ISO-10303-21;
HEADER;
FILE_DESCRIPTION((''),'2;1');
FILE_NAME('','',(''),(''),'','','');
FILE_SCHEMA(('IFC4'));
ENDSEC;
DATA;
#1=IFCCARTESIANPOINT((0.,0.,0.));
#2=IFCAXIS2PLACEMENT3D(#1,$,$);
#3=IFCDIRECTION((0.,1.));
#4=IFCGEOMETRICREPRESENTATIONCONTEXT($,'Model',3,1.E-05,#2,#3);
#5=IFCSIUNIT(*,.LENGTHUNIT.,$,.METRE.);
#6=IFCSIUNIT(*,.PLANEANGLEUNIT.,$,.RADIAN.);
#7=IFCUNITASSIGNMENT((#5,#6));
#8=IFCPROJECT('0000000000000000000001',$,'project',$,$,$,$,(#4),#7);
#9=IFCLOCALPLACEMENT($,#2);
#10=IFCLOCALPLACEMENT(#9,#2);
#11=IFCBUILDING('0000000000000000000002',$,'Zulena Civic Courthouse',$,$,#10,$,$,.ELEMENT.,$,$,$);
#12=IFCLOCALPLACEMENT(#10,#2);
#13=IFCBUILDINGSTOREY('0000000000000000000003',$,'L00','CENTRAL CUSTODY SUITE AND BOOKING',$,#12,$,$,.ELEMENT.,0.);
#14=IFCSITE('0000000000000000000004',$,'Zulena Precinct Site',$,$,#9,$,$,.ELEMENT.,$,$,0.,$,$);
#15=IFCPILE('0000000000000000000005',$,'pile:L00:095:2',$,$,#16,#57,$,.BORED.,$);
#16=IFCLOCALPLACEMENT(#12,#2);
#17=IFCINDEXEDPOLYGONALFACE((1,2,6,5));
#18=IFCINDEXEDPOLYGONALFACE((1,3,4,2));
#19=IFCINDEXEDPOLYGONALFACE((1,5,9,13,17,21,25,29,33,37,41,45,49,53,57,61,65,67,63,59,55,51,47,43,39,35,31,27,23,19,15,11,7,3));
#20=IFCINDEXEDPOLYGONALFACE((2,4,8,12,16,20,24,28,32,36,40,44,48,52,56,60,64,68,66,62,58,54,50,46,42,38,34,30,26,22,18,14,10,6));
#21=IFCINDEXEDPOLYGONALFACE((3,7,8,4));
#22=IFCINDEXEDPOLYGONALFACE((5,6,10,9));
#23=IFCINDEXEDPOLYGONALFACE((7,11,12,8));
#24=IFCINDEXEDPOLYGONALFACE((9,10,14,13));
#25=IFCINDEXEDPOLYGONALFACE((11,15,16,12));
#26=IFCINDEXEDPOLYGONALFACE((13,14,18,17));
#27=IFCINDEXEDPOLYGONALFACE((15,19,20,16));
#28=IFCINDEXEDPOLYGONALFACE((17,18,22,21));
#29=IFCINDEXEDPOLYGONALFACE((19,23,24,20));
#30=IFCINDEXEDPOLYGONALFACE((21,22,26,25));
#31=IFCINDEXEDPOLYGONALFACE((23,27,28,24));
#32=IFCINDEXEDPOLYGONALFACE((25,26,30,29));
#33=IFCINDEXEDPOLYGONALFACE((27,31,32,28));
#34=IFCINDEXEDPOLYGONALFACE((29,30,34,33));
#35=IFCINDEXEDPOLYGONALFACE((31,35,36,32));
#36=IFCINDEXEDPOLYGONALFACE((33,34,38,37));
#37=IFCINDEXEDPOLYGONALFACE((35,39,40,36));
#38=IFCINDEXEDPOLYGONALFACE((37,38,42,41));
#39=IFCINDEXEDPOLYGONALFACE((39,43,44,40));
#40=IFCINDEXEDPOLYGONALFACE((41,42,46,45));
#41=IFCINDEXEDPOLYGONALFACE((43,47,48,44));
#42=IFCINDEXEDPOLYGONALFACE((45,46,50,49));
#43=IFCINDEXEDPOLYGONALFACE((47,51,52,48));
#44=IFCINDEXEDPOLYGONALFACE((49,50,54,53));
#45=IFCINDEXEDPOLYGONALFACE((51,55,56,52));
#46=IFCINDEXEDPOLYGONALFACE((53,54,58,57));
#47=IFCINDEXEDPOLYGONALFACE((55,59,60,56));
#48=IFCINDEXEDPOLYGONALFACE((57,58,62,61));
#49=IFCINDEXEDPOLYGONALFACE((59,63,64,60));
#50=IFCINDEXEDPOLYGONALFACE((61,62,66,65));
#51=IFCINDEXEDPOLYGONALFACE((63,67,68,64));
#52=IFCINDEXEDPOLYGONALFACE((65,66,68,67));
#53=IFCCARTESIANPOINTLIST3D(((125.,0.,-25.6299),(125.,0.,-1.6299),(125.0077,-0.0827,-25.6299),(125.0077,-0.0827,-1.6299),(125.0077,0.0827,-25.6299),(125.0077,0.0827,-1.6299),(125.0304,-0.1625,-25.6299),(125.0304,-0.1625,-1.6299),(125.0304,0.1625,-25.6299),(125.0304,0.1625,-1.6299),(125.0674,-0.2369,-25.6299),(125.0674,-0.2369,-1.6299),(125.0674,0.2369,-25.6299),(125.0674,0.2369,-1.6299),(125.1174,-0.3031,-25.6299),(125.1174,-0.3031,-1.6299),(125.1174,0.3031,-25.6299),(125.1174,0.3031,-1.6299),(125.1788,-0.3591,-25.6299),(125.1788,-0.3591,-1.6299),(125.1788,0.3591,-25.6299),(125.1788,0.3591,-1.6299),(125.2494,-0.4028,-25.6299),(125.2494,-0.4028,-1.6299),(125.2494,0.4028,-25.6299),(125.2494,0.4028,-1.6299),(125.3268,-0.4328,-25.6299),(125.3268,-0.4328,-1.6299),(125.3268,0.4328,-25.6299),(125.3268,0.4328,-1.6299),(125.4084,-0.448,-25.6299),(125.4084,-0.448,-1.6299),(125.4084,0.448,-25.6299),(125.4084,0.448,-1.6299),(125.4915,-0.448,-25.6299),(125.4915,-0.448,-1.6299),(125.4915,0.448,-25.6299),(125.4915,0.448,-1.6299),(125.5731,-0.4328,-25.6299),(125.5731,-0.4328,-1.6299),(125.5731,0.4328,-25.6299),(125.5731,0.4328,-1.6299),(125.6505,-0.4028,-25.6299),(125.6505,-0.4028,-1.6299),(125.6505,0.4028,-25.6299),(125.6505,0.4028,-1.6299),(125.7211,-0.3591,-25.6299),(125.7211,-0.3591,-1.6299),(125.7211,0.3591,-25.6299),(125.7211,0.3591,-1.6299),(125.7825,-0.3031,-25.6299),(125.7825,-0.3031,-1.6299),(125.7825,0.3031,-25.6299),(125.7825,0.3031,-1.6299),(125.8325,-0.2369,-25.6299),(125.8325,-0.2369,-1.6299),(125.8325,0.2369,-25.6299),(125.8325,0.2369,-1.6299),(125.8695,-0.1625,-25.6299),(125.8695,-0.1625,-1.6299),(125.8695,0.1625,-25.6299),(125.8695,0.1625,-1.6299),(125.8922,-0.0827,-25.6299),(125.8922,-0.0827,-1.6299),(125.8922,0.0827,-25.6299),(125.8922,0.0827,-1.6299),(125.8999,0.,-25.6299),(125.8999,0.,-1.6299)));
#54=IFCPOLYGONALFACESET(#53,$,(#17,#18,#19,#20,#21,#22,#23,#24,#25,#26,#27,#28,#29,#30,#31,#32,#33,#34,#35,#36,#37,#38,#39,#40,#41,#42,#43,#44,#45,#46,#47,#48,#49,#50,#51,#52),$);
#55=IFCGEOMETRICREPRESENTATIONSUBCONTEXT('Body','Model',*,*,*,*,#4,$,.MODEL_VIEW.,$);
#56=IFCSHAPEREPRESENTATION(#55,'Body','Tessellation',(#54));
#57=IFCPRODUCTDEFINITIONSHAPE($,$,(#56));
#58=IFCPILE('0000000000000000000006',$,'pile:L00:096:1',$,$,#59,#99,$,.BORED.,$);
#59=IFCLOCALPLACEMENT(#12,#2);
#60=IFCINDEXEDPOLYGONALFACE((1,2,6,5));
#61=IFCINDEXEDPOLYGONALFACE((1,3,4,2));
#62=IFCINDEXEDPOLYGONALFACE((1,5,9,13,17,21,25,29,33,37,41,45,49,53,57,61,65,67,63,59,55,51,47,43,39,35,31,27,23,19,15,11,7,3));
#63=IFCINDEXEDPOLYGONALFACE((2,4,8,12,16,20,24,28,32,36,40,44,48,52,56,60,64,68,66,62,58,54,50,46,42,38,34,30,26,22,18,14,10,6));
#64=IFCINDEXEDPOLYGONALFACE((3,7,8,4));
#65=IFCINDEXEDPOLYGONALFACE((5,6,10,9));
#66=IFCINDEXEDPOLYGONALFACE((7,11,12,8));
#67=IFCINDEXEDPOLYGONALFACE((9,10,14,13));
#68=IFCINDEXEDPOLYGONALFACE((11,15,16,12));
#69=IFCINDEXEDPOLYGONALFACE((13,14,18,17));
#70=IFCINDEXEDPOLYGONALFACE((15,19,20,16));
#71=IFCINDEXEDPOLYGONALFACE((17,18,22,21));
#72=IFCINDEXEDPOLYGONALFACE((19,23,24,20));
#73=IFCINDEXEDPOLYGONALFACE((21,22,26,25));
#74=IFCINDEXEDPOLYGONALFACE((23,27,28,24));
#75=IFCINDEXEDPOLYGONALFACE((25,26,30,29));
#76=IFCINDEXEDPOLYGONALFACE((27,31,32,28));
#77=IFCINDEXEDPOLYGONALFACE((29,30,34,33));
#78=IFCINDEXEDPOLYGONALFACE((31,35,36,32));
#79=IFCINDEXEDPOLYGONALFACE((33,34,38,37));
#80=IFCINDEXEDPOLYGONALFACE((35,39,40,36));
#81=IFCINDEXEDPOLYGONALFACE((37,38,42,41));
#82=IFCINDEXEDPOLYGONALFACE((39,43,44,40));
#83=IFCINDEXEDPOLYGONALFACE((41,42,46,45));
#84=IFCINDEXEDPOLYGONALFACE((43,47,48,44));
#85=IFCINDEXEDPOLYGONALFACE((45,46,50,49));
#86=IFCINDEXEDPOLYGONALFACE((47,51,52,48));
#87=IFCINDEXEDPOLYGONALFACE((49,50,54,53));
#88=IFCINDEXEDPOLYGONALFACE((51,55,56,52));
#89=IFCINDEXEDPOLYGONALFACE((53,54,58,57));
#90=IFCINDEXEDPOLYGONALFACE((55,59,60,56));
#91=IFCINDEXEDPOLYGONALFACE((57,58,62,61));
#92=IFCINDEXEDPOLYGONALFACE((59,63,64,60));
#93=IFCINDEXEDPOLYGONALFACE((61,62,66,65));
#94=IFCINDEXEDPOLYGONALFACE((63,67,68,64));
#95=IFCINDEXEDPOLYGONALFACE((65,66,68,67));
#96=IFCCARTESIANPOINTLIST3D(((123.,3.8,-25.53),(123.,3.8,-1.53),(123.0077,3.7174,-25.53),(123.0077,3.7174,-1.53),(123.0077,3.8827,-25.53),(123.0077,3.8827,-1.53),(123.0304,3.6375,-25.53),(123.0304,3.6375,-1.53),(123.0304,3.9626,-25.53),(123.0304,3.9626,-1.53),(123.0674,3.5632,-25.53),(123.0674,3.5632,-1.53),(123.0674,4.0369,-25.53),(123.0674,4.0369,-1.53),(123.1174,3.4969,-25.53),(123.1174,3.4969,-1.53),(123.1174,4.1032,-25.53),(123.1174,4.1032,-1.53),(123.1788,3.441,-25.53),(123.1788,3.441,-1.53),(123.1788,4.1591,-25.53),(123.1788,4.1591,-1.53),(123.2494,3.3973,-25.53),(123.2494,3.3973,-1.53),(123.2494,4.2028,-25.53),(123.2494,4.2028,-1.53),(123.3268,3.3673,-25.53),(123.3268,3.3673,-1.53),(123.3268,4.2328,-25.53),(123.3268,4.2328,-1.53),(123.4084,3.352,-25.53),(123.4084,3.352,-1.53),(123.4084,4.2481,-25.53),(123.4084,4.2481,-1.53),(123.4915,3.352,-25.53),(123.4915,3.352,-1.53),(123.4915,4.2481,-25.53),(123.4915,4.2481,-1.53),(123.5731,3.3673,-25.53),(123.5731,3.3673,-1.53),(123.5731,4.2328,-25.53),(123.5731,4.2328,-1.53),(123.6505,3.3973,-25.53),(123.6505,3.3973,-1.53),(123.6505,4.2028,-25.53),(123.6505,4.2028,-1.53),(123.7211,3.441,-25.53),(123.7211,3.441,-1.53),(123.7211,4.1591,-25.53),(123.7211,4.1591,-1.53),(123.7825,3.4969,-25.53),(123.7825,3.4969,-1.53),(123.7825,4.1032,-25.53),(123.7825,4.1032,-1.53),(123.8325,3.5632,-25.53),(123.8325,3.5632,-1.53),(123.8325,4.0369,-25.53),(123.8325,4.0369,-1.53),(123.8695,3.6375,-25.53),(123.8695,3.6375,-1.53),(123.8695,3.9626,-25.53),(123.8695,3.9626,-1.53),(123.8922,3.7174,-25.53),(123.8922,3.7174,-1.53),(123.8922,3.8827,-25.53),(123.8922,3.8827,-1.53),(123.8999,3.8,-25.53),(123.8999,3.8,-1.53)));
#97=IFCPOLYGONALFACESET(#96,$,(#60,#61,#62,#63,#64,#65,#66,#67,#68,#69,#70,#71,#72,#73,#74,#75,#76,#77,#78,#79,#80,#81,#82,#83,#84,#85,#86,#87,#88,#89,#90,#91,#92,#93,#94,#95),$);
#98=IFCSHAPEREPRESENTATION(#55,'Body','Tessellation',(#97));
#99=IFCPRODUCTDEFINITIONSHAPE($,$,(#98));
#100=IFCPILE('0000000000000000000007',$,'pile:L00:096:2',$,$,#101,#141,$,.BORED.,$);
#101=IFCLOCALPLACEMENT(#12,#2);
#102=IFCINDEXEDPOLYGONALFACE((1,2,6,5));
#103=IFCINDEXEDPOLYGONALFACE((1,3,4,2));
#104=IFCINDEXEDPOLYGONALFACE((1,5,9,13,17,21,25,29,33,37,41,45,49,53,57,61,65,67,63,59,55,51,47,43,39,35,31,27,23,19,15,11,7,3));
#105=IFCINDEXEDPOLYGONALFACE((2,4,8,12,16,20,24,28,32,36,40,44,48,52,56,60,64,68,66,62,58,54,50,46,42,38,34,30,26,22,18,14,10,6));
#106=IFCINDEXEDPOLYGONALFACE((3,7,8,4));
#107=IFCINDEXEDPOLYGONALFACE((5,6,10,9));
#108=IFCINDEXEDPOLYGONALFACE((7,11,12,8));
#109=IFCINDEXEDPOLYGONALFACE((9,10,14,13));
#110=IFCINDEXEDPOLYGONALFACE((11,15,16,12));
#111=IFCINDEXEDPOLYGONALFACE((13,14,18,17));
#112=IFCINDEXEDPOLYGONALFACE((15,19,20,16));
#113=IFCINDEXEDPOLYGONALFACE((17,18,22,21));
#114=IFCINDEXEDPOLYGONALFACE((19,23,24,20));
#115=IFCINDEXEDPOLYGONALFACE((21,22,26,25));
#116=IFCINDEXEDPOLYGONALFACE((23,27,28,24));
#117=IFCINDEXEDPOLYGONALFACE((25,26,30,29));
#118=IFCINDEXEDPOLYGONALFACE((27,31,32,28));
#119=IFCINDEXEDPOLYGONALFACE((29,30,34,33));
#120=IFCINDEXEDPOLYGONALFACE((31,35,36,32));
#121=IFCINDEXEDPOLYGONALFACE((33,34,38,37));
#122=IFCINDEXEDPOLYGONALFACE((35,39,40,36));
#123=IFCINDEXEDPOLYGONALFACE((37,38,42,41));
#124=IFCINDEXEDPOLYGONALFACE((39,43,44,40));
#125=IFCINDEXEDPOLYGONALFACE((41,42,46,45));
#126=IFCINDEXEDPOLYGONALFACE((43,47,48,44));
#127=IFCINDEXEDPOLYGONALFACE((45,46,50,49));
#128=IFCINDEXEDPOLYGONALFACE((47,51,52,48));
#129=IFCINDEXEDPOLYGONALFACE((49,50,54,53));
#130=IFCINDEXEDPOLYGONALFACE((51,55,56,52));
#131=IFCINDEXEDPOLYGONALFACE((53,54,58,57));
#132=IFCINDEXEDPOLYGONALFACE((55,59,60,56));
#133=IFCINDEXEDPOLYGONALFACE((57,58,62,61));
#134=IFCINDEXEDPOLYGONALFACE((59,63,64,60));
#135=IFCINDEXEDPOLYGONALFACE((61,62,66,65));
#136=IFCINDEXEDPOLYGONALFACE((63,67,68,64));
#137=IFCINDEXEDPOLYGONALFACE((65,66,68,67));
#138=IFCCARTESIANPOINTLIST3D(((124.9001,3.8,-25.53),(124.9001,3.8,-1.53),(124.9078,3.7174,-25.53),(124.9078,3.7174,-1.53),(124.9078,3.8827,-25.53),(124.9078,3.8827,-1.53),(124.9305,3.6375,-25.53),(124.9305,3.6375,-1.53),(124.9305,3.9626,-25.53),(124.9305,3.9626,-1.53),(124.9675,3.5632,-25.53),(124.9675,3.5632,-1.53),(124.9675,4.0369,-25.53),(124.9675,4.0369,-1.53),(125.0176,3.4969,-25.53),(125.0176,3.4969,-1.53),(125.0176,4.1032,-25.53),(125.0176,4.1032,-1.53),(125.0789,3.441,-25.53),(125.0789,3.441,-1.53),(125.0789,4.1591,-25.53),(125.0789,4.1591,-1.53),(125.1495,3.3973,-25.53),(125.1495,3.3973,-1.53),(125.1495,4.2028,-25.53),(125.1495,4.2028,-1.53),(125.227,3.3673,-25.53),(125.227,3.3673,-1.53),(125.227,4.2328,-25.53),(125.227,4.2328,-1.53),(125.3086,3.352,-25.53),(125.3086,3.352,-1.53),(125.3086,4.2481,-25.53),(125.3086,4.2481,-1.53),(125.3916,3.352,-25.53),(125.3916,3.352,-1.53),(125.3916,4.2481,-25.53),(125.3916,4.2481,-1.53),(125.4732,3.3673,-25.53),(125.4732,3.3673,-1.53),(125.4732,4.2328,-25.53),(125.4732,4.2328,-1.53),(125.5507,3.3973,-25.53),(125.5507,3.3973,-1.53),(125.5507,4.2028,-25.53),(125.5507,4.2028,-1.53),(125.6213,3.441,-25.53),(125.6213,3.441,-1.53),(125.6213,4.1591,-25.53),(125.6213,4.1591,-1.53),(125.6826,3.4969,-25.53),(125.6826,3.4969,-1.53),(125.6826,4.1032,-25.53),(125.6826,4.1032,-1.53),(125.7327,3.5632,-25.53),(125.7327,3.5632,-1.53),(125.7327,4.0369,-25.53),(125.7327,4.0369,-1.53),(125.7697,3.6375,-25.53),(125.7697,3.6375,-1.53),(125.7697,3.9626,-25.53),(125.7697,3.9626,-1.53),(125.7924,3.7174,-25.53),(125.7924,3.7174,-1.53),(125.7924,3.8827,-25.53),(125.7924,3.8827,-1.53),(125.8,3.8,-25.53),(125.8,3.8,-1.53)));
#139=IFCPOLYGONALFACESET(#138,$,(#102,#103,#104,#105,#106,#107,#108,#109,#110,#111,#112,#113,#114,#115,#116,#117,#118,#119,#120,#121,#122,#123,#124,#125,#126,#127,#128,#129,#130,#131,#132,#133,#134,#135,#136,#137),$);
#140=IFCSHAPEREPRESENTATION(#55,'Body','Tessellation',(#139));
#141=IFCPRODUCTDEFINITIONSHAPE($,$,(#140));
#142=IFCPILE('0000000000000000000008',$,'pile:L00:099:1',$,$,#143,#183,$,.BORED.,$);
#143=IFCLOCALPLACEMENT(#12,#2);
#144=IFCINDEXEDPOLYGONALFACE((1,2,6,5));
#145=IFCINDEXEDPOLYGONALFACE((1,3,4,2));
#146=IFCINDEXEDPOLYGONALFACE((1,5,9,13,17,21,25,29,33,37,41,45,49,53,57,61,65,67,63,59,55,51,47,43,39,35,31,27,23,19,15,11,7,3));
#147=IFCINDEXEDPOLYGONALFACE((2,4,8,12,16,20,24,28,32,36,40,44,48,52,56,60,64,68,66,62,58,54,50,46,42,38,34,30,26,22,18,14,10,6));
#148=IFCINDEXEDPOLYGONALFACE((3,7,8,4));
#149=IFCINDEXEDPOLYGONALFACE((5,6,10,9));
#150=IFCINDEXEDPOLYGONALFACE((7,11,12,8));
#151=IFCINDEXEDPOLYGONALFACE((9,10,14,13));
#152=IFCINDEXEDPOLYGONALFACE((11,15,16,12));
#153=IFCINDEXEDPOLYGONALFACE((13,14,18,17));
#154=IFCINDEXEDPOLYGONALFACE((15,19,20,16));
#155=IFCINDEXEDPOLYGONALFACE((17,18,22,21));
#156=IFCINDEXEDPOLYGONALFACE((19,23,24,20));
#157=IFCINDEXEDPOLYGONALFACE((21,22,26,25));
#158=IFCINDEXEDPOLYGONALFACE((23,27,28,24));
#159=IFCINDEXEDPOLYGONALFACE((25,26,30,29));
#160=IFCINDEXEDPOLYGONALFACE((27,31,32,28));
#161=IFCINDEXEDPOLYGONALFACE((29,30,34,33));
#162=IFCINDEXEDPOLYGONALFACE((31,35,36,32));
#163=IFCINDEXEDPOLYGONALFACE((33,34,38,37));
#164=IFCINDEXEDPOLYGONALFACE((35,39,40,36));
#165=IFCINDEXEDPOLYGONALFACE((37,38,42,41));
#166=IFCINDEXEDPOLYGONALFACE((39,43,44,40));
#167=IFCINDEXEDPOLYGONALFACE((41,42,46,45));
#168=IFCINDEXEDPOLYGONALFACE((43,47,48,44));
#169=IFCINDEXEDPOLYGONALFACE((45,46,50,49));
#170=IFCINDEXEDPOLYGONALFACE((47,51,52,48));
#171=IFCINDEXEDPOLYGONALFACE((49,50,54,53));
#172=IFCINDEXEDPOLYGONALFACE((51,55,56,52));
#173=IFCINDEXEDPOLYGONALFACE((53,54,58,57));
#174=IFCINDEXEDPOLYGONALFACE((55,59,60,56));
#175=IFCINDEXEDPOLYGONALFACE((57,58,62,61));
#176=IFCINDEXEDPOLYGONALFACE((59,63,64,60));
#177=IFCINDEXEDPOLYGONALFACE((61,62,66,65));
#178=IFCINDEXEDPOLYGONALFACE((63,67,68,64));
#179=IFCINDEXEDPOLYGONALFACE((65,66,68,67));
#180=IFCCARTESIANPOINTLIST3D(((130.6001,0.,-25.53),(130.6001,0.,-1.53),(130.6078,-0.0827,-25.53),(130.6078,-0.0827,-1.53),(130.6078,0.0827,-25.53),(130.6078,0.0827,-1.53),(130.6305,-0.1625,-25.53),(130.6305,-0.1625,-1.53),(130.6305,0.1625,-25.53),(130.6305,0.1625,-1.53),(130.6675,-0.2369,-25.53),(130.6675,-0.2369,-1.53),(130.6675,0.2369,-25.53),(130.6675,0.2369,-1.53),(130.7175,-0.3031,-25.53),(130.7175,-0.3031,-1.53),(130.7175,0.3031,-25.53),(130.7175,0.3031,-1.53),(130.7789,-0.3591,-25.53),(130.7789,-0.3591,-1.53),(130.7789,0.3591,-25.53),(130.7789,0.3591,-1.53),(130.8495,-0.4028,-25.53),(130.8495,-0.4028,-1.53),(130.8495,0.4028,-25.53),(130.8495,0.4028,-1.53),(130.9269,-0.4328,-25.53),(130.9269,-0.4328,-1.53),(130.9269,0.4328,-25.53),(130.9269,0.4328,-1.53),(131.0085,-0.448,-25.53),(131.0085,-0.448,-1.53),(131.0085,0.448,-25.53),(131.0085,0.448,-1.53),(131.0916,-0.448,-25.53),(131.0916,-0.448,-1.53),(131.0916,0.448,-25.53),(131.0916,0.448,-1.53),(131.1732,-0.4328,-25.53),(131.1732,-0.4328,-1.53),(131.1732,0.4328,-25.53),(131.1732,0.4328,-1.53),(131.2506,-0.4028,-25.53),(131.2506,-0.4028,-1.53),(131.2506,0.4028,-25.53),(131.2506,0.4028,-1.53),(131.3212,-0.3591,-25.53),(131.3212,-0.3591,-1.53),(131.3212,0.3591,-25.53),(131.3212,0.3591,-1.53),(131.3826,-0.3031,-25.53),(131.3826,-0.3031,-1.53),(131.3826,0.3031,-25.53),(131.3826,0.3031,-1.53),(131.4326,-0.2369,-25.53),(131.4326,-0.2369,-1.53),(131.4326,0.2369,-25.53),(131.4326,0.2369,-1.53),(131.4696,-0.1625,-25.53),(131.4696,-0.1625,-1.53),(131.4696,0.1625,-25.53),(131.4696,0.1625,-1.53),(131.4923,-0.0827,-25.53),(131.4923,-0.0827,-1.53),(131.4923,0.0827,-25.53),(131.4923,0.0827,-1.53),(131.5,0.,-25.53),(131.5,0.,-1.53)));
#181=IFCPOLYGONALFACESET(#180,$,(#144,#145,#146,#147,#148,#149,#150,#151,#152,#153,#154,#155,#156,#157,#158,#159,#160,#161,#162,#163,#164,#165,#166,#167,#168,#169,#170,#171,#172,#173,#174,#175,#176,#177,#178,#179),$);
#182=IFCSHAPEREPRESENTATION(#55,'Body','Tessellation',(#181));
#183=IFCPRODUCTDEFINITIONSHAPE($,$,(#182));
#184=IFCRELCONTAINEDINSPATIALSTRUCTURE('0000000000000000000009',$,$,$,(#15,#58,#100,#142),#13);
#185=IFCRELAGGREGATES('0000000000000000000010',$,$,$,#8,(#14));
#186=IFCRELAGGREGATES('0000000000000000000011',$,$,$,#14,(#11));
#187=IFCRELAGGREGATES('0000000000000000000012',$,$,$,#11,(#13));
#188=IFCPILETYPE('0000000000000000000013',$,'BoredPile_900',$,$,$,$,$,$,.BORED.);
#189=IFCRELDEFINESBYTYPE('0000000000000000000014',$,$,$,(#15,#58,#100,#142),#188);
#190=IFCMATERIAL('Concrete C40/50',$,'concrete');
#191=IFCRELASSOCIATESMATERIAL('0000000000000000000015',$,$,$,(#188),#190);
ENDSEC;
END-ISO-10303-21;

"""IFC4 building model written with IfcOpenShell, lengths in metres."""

from ifc_helpers import new_model, si_unit, direction, frame, origin, origin_2d, place, context, subcontext, project, spatial, circle, extrude, material, material_profile, profile_set, type_object, element, save


model = new_model("IFC4")

# Units and contexts
model_context = context("Model", 3, precision=1e-05, world=origin(), true_north=direction((0.0, 1.0)))
body_context = subcontext(model_context, "Body", "Model", "MODEL_VIEW")
ifc_project = project(units=[si_unit("LENGTHUNIT", "METRE"), si_unit("PLANEANGLEUNIT", "RADIAN")], contexts=[model_context])

# Site, building, storey
site_placement = place(None, origin())
site = spatial("IfcSite", under=ifc_project, at=site_placement, Name="Zulena Precinct Site", CompositionType="ELEMENT", RefElevation=0.0)
building_placement = place(site_placement, origin())
building = spatial("IfcBuilding", under=site, at=building_placement, Name="Zulena Civic Courthouse", CompositionType="ELEMENT")
storey_placement = place(building_placement, origin())
storey = spatial("IfcBuildingStorey", under=building, at=storey_placement, Name="L00", Description="CENTRAL CUSTODY SUITE AND BOOKING", CompositionType="ELEMENT", Elevation=0.0)

# Piles
ifc_material_1 = material(Name="Concrete C40/50", Category="concrete")
ifc_material_profile_1 = material_profile(ifc_material_1, circle(Radius=0.45, at=origin_2d()), Name="PILE900")
ifc_profile_set_1 = profile_set([ifc_material_profile_1], Name="Concrete C40/50")
pile_type = type_object("IfcPileType", Name="BoredPile_900", PredefinedType="BORED", material=ifc_profile_set_1)
for number, where, z_axis, x_axis, name in (
    (1, (125.45, 0.0, -1.6299), (0.0, 0.0, -1.0), (1.0, 0.0, 0.0), "pile:L00:095:2"),
    (2, (123.45, 3.8, -1.53), (0.0, 0.0, -1.0), (1.0, 0.0, 0.0), "pile:L00:096:1"),
    (3, (125.3501, 3.8, -1.53), (0.0, 0.0, -1.0), (1.0, 0.0, 0.0), "pile:L00:096:2"),
    (4, (131.05, 0.0, -1.53), (0.0, 0.0, -1.0), (1.0, 0.0, 0.0), "pile:L00:099:1"),
):
    element("IfcPile", number, at=place(storey_placement, frame(where, z_axis=z_axis, x_axis=x_axis)), inside=storey, type_object=pile_type, Name=name, PredefinedType="BORED", context=body_context, shape_type="SweptSolid", body=[
        extrude(circle(Radius=0.45, at=origin_2d()), origin(), (0.0, 0.0, 1.0), 24.0),
    ])

save(model, "model.ifc")
